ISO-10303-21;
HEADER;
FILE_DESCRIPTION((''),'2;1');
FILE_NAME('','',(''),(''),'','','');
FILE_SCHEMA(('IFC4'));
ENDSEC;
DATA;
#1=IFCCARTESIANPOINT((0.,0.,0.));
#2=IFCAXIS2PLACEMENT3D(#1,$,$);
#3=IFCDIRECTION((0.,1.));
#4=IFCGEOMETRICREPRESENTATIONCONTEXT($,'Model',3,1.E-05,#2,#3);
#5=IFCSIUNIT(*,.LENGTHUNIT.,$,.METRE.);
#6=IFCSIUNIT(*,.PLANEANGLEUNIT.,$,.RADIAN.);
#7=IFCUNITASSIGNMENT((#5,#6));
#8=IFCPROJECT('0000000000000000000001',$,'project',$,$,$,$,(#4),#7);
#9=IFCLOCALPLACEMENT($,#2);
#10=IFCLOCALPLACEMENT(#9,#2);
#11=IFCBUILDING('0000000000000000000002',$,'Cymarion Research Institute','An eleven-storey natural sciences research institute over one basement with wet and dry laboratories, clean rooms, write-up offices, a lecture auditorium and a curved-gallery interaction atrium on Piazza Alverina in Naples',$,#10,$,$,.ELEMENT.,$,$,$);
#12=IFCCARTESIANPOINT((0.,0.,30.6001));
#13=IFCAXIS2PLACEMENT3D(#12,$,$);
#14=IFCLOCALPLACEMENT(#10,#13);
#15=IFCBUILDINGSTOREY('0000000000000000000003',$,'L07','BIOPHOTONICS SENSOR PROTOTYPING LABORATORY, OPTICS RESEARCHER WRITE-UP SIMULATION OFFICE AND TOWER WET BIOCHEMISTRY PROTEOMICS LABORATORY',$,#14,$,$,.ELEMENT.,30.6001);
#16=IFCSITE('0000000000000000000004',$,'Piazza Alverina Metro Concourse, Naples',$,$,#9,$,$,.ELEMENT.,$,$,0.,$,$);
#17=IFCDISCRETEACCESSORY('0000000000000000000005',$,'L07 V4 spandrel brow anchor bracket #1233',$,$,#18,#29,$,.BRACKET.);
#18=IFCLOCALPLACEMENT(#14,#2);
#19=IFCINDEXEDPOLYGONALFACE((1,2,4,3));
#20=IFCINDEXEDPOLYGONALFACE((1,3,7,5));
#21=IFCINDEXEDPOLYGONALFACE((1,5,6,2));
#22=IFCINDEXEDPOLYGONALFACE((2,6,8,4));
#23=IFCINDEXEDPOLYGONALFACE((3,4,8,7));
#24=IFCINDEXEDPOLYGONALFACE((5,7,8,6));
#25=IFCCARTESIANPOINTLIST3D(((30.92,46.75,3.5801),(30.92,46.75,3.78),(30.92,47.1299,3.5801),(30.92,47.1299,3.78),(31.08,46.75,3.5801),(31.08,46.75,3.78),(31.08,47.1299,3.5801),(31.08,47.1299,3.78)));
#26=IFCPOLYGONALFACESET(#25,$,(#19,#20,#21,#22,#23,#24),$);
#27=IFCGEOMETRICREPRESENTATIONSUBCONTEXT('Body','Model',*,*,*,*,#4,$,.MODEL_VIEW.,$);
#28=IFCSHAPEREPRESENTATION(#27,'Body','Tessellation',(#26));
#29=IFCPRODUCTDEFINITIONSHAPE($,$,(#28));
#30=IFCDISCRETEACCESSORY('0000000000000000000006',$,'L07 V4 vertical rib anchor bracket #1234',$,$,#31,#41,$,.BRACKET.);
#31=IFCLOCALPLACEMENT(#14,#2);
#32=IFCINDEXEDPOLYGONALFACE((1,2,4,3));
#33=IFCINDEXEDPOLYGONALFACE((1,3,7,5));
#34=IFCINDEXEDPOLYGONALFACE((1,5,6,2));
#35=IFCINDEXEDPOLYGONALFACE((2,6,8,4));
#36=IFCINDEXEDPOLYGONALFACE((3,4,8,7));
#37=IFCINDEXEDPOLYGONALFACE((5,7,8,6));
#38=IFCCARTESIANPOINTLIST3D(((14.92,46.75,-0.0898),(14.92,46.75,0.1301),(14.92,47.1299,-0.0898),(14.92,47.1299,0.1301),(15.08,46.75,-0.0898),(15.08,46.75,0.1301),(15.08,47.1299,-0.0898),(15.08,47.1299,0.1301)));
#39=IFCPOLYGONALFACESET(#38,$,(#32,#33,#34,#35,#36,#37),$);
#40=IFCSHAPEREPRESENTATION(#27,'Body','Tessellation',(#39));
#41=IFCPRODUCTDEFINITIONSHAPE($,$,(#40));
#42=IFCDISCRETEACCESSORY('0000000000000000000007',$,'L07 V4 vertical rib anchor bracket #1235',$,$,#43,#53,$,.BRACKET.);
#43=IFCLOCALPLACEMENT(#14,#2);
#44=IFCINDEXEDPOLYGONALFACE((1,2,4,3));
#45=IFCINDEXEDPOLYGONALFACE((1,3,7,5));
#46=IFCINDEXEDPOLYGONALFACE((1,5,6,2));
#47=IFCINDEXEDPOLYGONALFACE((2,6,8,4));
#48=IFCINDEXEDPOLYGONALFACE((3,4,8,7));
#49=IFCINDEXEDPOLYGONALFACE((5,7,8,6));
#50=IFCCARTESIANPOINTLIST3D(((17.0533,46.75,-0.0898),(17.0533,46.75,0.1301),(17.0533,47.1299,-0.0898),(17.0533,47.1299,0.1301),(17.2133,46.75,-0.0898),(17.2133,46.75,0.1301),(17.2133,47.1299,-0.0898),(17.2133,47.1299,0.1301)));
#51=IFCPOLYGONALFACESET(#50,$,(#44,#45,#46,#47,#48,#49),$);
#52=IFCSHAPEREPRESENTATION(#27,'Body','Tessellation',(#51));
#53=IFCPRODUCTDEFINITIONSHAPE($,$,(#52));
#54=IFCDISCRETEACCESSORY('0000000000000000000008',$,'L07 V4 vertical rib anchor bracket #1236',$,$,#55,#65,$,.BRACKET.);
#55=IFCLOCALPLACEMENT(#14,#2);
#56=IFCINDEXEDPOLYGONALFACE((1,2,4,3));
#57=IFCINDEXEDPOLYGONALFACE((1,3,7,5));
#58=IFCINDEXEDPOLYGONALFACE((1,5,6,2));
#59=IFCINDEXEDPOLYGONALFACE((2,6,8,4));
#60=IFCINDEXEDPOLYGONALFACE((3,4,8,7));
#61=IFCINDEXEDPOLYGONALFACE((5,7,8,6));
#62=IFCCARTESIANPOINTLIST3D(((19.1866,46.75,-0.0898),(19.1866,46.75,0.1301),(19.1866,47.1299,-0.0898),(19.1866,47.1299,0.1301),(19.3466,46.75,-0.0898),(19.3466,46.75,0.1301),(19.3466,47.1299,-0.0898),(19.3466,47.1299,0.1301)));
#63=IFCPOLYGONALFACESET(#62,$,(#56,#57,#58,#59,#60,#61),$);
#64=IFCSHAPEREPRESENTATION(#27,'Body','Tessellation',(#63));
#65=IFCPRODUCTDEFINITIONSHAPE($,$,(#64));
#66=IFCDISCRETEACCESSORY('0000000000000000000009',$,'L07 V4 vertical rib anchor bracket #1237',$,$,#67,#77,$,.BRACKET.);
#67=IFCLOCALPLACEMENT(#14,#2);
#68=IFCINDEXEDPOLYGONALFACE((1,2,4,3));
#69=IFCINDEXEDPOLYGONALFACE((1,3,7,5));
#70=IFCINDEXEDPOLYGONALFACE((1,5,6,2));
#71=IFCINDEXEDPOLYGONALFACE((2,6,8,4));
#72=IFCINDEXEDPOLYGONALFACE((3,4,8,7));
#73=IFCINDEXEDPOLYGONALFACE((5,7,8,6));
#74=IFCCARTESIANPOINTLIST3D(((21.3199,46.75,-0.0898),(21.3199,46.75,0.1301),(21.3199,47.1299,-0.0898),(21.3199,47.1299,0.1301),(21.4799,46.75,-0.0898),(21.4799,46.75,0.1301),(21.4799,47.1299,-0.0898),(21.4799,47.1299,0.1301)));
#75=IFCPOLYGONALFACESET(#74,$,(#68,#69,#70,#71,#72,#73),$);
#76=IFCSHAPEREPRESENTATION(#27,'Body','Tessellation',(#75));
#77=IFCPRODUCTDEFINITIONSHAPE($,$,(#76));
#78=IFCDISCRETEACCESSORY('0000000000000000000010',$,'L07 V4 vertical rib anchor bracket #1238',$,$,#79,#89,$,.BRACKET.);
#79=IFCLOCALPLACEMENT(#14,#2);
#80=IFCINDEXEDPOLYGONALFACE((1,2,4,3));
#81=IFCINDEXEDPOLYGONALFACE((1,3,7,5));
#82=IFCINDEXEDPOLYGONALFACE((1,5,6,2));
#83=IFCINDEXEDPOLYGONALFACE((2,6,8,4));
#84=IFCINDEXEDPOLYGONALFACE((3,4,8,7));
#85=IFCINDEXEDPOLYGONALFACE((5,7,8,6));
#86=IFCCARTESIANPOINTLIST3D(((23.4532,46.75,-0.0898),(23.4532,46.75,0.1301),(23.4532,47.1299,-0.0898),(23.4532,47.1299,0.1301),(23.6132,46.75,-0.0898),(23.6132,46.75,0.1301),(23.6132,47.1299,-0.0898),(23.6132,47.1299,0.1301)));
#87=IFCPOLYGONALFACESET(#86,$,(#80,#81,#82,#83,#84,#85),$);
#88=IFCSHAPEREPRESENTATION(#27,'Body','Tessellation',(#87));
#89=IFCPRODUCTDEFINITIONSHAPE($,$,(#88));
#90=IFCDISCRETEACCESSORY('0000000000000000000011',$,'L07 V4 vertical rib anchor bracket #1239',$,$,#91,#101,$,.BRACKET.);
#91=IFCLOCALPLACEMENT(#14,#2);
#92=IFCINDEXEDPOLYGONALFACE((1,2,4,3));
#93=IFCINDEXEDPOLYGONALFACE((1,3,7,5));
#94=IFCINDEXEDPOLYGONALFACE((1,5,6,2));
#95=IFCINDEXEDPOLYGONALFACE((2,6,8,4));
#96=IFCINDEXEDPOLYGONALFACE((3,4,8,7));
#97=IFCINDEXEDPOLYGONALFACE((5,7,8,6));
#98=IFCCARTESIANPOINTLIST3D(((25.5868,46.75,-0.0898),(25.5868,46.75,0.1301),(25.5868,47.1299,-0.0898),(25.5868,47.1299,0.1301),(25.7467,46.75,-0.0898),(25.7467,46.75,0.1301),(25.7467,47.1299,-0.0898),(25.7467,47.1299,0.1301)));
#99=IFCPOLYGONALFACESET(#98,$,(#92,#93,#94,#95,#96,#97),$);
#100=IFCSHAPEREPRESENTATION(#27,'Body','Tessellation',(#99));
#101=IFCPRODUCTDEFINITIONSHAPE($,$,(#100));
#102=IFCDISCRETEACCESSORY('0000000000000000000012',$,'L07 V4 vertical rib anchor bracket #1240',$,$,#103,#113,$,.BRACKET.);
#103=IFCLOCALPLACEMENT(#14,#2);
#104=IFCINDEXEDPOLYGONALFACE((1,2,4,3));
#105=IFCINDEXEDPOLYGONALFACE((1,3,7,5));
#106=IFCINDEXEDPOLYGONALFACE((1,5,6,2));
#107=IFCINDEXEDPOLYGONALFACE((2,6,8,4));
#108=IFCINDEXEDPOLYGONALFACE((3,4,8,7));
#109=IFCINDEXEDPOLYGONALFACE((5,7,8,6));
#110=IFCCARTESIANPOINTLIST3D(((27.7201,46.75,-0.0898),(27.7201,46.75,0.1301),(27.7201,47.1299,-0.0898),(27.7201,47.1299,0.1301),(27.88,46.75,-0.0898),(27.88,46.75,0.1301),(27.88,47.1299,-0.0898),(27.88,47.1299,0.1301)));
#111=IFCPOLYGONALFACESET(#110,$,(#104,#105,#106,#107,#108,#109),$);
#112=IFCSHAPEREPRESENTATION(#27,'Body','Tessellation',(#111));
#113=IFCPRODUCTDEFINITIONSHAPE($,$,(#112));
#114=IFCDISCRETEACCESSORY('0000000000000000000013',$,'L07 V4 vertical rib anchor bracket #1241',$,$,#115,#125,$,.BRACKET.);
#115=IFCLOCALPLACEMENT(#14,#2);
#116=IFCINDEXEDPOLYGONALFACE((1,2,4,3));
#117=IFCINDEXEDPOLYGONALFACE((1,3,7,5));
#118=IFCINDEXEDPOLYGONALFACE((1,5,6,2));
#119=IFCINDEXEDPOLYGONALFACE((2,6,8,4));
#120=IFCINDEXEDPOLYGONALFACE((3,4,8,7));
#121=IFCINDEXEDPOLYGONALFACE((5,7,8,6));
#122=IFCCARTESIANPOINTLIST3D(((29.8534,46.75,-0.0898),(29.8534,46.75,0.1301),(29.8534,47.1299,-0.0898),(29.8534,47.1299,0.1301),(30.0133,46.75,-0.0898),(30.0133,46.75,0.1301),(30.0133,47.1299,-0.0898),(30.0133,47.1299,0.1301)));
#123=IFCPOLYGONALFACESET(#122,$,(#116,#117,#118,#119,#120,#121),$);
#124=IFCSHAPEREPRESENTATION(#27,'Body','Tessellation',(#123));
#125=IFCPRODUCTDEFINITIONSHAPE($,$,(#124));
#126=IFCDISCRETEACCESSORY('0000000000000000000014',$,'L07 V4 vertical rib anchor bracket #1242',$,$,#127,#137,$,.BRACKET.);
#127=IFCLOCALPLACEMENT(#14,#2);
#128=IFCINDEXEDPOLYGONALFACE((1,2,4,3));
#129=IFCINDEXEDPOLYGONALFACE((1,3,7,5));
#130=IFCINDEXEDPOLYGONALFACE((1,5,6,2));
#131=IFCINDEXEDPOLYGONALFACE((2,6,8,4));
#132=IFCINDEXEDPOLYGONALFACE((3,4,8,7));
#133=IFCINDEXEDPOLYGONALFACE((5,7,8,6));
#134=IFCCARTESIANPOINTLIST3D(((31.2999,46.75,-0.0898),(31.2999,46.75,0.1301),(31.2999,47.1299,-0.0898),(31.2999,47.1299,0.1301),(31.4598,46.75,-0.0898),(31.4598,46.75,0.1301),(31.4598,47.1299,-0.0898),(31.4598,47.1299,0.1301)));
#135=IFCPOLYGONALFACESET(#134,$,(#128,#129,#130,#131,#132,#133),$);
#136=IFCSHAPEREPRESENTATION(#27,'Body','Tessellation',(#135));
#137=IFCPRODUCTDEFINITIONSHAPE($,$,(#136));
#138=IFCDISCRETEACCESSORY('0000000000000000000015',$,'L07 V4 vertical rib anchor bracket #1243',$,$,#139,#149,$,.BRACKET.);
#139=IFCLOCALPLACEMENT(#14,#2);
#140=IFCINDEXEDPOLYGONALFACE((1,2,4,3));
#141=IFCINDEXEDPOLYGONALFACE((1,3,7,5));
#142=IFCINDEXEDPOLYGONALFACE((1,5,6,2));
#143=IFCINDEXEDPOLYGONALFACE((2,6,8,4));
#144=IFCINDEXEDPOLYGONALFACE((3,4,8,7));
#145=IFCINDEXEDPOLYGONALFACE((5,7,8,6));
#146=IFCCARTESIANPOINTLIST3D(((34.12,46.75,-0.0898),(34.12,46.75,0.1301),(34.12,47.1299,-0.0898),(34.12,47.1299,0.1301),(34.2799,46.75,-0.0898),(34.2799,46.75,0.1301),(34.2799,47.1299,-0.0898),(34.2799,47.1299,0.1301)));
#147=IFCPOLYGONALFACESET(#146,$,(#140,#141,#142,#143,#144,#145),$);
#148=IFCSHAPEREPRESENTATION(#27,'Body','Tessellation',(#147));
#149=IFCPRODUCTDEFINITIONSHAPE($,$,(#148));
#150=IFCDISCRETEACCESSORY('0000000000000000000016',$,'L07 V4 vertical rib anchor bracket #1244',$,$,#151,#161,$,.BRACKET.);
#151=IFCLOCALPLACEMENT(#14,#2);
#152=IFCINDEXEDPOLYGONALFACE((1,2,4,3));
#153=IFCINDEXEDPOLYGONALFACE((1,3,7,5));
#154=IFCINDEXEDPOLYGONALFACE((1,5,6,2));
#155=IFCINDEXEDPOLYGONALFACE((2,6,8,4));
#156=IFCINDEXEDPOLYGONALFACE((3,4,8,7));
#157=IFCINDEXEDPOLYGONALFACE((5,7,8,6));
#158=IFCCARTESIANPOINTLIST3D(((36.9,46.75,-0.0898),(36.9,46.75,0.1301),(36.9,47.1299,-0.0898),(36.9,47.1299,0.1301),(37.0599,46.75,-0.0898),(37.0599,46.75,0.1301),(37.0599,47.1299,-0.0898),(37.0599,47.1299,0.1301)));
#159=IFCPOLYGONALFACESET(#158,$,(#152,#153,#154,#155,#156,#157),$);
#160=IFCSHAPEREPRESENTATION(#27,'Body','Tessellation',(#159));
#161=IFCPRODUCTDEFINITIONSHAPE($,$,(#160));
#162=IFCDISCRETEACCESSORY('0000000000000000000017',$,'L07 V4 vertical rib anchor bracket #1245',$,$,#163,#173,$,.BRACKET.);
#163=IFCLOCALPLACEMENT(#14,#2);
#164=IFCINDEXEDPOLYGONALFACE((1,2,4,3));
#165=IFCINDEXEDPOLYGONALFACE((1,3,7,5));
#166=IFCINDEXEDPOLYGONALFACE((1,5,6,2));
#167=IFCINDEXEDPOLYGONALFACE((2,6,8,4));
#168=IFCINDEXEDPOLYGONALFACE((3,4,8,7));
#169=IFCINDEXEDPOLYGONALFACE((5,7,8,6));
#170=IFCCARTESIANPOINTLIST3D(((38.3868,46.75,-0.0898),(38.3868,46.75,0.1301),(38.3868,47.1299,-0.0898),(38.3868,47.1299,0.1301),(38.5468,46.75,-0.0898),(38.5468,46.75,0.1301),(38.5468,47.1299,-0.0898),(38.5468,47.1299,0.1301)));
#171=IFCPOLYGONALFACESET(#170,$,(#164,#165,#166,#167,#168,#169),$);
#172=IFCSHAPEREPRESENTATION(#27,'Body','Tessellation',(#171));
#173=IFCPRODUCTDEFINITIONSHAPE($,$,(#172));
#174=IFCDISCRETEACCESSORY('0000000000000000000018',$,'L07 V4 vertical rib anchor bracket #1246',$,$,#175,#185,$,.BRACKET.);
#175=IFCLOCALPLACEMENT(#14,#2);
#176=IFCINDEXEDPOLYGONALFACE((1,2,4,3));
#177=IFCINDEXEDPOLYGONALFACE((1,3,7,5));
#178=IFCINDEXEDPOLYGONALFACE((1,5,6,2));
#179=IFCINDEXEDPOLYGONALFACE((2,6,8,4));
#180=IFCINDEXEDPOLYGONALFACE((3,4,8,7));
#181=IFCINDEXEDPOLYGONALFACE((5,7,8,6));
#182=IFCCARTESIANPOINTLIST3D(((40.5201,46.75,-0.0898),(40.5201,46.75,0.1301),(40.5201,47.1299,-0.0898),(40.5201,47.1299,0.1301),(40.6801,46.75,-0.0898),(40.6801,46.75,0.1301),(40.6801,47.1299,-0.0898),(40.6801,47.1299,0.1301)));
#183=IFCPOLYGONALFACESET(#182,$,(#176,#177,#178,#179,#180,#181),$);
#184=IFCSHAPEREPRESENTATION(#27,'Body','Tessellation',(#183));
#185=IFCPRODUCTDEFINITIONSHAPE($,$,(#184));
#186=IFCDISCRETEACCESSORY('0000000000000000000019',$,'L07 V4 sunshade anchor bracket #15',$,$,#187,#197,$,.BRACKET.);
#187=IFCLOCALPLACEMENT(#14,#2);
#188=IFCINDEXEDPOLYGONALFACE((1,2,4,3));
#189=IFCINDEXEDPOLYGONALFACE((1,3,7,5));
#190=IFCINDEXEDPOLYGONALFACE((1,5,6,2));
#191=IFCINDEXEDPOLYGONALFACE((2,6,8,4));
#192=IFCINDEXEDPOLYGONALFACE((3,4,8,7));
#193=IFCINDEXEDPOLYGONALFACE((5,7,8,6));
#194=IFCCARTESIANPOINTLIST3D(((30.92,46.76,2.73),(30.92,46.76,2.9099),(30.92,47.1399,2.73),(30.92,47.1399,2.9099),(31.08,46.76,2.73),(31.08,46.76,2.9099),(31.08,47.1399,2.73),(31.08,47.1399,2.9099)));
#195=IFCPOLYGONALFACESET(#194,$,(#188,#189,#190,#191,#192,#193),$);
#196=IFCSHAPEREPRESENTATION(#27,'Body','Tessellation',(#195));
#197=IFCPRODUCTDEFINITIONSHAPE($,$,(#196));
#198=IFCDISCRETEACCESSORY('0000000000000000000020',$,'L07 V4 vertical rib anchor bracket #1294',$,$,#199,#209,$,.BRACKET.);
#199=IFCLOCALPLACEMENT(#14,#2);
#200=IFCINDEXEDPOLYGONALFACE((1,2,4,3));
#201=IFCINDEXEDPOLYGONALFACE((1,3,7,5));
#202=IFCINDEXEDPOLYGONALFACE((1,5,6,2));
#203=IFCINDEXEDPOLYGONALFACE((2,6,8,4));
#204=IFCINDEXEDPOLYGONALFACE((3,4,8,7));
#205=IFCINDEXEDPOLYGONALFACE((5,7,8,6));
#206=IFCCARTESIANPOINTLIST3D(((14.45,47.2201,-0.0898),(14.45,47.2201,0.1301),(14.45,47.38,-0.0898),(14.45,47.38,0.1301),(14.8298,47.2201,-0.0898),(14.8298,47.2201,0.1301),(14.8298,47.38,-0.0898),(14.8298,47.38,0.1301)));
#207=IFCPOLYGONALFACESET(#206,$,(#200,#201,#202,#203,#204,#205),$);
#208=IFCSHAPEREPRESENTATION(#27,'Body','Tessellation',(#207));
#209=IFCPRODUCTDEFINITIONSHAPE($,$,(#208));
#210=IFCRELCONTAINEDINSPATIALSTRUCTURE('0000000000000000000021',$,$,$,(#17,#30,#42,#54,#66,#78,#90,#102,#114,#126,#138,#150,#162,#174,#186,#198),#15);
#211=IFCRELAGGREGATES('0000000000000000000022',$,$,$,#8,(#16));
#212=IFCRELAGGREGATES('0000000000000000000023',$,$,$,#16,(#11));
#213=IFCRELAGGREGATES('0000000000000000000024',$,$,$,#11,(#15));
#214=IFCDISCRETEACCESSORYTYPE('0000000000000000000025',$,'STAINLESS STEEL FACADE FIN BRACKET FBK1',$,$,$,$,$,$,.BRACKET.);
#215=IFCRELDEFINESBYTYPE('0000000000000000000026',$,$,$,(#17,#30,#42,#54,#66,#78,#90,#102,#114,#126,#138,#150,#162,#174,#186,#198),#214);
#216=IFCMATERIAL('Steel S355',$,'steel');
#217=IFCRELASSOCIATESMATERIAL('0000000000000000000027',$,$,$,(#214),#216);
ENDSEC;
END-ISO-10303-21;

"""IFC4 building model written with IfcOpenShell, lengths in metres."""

from ifc_helpers import new_model, si_unit, direction, frame, origin, origin_2d, place, context, subcontext, project, spatial, rectangle, extrude, material, type_object, element, save


model = new_model("IFC4")

# Units and contexts
model_context = context("Model", 3, precision=1e-05, world=origin(), true_north=direction((0.0, 1.0)))
body_context = subcontext(model_context, "Body", "Model", "MODEL_VIEW")
ifc_project = project(units=[si_unit("LENGTHUNIT", "METRE"), si_unit("PLANEANGLEUNIT", "RADIAN")], contexts=[model_context])

# Site, building, storey
site_placement = place(None, origin())
site = spatial("IfcSite", under=ifc_project, at=site_placement, Name="Piazza Alverina Metro Concourse, Naples", CompositionType="ELEMENT", RefElevation=0.0)
building_placement = place(site_placement, origin())
building = spatial("IfcBuilding", under=site, at=building_placement, Name="Cymarion Research Institute", Description="An eleven-storey natural sciences research institute over one basement with wet and dry laboratories, clean rooms, write-up offices, a lecture auditorium and a curved-gallery interaction atrium on Piazza Alverina in Naples", CompositionType="ELEMENT")
storey_placement = place(building_placement, frame((0.0, 0.0, 30.6001)))
storey = spatial("IfcBuildingStorey", under=building, at=storey_placement, Name="L07", Description="BIOPHOTONICS SENSOR PROTOTYPING LABORATORY, OPTICS RESEARCHER WRITE-UP SIMULATION OFFICE AND TOWER WET BIOCHEMISTRY PROTEOMICS LABORATORY", CompositionType="ELEMENT", Elevation=30.6001)

# Shared definitions
ifc_material_1 = material(Name="Steel S355", Category="steel")

# Discrete accessories
discrete_accessory_type = type_object("IfcDiscreteAccessoryType", Name="STAINLESS STEEL FACADE FIN BRACKET FBK1", PredefinedType="BRACKET", material=ifc_material_1)
discrete_accessory_1_placement = place(storey_placement, frame((31.0, 46.9399, 3.5801), z_axis=(0.0, 0.0, 1.0), x_axis=(0.0, -1.0, 0.0)))
element("IfcDiscreteAccessory", 1, at=discrete_accessory_1_placement, inside=storey, type_object=discrete_accessory_type, Name="L07 V4 spandrel brow anchor bracket #1233", PredefinedType="BRACKET", context=body_context, shape_type="SweptSolid", body=[
    extrude(rectangle(XDim=0.3799, YDim=0.1599, at=origin_2d()), origin(), (0.0, 0.0, 1.0), 0.2),
])
for number, where, z_axis, x_axis, name in (
    (2, (15.0, 46.9399, -0.0898), (0.0, 0.0, 1.0), (0.0, -1.0, 0.0), "L07 V4 vertical rib anchor bracket #1234"),
    (3, (17.1333, 46.9399, -0.0898), (0.0, 0.0, 1.0), (0.0, -1.0, 0.0), "L07 V4 vertical rib anchor bracket #1235"),
    (4, (19.2666, 46.9399, -0.0898), (0.0, 0.0, 1.0), (0.0, -1.0, 0.0), "L07 V4 vertical rib anchor bracket #1236"),
    (5, (21.3999, 46.9399, -0.0898), (0.0, 0.0, 1.0), (0.0, -1.0, 0.0), "L07 V4 vertical rib anchor bracket #1237"),
    (6, (23.5332, 46.9399, -0.0898), (0.0, 0.0, 1.0), (0.0, -1.0, 0.0), "L07 V4 vertical rib anchor bracket #1238"),
    (7, (25.6667, 46.9399, -0.0898), (0.0, 0.0, 1.0), (0.0, -1.0, 0.0), "L07 V4 vertical rib anchor bracket #1239"),
    (8, (27.8, 46.9399, -0.0898), (0.0, 0.0, 1.0), (0.0, -1.0, 0.0), "L07 V4 vertical rib anchor bracket #1240"),
    (9, (29.9333, 46.9399, -0.0898), (0.0, 0.0, 1.0), (0.0, -1.0, 0.0), "L07 V4 vertical rib anchor bracket #1241"),
    (10, (31.3799, 46.9399, -0.0898), (0.0, 0.0, 1.0), (0.0, -1.0, 0.0), "L07 V4 vertical rib anchor bracket #1242"),
    (11, (34.2, 46.9399, -0.0898), (0.0, 0.0, 1.0), (0.0, -1.0, 0.0), "L07 V4 vertical rib anchor bracket #1243"),
    (12, (36.98, 46.9399, -0.0898), (0.0, 0.0, 1.0), (0.0, -1.0, 0.0), "L07 V4 vertical rib anchor bracket #1244"),
    (13, (38.4668, 46.9399, -0.0898), (0.0, 0.0, 1.0), (0.0, -1.0, 0.0), "L07 V4 vertical rib anchor bracket #1245"),
    (14, (40.6001, 46.9399, -0.0898), (0.0, 0.0, 1.0), (0.0, -1.0, 0.0), "L07 V4 vertical rib anchor bracket #1246"),
):
    element("IfcDiscreteAccessory", number, at=place(storey_placement, frame(where, z_axis=z_axis, x_axis=x_axis)), inside=storey, type_object=discrete_accessory_type, Name=name, PredefinedType="BRACKET", context=body_context, shape_type="SweptSolid", body=[
        extrude(rectangle(XDim=0.3799, YDim=0.1599, at=origin_2d()), origin(), (0.0, 0.0, 1.0), 0.22),
    ])
discrete_accessory_2_placement = place(storey_placement, frame((31.0, 46.95, 2.73), z_axis=(0.0, 0.0, 1.0), x_axis=(0.0, -1.0, 0.0)))
element("IfcDiscreteAccessory", 15, at=discrete_accessory_2_placement, inside=storey, type_object=discrete_accessory_type, Name="L07 V4 sunshade anchor bracket #15", PredefinedType="BRACKET", context=body_context, shape_type="SweptSolid", body=[
    extrude(rectangle(XDim=0.3799, YDim=0.1599, at=origin_2d()), origin(), (0.0, 0.0, 1.0), 0.1799),
])
discrete_accessory_3_placement = place(storey_placement, frame((14.6399, 47.3, -0.0898), z_axis=(0.0, 0.0, 1.0), x_axis=(-1.0, 0.0, 0.0)))
element("IfcDiscreteAccessory", 16, at=discrete_accessory_3_placement, inside=storey, type_object=discrete_accessory_type, Name="L07 V4 vertical rib anchor bracket #1294", PredefinedType="BRACKET", context=body_context, shape_type="SweptSolid", body=[
    extrude(rectangle(XDim=0.3799, YDim=0.1599, at=origin_2d()), origin(), (0.0, 0.0, 1.0), 0.22),
])

save(model, "model.ifc")
